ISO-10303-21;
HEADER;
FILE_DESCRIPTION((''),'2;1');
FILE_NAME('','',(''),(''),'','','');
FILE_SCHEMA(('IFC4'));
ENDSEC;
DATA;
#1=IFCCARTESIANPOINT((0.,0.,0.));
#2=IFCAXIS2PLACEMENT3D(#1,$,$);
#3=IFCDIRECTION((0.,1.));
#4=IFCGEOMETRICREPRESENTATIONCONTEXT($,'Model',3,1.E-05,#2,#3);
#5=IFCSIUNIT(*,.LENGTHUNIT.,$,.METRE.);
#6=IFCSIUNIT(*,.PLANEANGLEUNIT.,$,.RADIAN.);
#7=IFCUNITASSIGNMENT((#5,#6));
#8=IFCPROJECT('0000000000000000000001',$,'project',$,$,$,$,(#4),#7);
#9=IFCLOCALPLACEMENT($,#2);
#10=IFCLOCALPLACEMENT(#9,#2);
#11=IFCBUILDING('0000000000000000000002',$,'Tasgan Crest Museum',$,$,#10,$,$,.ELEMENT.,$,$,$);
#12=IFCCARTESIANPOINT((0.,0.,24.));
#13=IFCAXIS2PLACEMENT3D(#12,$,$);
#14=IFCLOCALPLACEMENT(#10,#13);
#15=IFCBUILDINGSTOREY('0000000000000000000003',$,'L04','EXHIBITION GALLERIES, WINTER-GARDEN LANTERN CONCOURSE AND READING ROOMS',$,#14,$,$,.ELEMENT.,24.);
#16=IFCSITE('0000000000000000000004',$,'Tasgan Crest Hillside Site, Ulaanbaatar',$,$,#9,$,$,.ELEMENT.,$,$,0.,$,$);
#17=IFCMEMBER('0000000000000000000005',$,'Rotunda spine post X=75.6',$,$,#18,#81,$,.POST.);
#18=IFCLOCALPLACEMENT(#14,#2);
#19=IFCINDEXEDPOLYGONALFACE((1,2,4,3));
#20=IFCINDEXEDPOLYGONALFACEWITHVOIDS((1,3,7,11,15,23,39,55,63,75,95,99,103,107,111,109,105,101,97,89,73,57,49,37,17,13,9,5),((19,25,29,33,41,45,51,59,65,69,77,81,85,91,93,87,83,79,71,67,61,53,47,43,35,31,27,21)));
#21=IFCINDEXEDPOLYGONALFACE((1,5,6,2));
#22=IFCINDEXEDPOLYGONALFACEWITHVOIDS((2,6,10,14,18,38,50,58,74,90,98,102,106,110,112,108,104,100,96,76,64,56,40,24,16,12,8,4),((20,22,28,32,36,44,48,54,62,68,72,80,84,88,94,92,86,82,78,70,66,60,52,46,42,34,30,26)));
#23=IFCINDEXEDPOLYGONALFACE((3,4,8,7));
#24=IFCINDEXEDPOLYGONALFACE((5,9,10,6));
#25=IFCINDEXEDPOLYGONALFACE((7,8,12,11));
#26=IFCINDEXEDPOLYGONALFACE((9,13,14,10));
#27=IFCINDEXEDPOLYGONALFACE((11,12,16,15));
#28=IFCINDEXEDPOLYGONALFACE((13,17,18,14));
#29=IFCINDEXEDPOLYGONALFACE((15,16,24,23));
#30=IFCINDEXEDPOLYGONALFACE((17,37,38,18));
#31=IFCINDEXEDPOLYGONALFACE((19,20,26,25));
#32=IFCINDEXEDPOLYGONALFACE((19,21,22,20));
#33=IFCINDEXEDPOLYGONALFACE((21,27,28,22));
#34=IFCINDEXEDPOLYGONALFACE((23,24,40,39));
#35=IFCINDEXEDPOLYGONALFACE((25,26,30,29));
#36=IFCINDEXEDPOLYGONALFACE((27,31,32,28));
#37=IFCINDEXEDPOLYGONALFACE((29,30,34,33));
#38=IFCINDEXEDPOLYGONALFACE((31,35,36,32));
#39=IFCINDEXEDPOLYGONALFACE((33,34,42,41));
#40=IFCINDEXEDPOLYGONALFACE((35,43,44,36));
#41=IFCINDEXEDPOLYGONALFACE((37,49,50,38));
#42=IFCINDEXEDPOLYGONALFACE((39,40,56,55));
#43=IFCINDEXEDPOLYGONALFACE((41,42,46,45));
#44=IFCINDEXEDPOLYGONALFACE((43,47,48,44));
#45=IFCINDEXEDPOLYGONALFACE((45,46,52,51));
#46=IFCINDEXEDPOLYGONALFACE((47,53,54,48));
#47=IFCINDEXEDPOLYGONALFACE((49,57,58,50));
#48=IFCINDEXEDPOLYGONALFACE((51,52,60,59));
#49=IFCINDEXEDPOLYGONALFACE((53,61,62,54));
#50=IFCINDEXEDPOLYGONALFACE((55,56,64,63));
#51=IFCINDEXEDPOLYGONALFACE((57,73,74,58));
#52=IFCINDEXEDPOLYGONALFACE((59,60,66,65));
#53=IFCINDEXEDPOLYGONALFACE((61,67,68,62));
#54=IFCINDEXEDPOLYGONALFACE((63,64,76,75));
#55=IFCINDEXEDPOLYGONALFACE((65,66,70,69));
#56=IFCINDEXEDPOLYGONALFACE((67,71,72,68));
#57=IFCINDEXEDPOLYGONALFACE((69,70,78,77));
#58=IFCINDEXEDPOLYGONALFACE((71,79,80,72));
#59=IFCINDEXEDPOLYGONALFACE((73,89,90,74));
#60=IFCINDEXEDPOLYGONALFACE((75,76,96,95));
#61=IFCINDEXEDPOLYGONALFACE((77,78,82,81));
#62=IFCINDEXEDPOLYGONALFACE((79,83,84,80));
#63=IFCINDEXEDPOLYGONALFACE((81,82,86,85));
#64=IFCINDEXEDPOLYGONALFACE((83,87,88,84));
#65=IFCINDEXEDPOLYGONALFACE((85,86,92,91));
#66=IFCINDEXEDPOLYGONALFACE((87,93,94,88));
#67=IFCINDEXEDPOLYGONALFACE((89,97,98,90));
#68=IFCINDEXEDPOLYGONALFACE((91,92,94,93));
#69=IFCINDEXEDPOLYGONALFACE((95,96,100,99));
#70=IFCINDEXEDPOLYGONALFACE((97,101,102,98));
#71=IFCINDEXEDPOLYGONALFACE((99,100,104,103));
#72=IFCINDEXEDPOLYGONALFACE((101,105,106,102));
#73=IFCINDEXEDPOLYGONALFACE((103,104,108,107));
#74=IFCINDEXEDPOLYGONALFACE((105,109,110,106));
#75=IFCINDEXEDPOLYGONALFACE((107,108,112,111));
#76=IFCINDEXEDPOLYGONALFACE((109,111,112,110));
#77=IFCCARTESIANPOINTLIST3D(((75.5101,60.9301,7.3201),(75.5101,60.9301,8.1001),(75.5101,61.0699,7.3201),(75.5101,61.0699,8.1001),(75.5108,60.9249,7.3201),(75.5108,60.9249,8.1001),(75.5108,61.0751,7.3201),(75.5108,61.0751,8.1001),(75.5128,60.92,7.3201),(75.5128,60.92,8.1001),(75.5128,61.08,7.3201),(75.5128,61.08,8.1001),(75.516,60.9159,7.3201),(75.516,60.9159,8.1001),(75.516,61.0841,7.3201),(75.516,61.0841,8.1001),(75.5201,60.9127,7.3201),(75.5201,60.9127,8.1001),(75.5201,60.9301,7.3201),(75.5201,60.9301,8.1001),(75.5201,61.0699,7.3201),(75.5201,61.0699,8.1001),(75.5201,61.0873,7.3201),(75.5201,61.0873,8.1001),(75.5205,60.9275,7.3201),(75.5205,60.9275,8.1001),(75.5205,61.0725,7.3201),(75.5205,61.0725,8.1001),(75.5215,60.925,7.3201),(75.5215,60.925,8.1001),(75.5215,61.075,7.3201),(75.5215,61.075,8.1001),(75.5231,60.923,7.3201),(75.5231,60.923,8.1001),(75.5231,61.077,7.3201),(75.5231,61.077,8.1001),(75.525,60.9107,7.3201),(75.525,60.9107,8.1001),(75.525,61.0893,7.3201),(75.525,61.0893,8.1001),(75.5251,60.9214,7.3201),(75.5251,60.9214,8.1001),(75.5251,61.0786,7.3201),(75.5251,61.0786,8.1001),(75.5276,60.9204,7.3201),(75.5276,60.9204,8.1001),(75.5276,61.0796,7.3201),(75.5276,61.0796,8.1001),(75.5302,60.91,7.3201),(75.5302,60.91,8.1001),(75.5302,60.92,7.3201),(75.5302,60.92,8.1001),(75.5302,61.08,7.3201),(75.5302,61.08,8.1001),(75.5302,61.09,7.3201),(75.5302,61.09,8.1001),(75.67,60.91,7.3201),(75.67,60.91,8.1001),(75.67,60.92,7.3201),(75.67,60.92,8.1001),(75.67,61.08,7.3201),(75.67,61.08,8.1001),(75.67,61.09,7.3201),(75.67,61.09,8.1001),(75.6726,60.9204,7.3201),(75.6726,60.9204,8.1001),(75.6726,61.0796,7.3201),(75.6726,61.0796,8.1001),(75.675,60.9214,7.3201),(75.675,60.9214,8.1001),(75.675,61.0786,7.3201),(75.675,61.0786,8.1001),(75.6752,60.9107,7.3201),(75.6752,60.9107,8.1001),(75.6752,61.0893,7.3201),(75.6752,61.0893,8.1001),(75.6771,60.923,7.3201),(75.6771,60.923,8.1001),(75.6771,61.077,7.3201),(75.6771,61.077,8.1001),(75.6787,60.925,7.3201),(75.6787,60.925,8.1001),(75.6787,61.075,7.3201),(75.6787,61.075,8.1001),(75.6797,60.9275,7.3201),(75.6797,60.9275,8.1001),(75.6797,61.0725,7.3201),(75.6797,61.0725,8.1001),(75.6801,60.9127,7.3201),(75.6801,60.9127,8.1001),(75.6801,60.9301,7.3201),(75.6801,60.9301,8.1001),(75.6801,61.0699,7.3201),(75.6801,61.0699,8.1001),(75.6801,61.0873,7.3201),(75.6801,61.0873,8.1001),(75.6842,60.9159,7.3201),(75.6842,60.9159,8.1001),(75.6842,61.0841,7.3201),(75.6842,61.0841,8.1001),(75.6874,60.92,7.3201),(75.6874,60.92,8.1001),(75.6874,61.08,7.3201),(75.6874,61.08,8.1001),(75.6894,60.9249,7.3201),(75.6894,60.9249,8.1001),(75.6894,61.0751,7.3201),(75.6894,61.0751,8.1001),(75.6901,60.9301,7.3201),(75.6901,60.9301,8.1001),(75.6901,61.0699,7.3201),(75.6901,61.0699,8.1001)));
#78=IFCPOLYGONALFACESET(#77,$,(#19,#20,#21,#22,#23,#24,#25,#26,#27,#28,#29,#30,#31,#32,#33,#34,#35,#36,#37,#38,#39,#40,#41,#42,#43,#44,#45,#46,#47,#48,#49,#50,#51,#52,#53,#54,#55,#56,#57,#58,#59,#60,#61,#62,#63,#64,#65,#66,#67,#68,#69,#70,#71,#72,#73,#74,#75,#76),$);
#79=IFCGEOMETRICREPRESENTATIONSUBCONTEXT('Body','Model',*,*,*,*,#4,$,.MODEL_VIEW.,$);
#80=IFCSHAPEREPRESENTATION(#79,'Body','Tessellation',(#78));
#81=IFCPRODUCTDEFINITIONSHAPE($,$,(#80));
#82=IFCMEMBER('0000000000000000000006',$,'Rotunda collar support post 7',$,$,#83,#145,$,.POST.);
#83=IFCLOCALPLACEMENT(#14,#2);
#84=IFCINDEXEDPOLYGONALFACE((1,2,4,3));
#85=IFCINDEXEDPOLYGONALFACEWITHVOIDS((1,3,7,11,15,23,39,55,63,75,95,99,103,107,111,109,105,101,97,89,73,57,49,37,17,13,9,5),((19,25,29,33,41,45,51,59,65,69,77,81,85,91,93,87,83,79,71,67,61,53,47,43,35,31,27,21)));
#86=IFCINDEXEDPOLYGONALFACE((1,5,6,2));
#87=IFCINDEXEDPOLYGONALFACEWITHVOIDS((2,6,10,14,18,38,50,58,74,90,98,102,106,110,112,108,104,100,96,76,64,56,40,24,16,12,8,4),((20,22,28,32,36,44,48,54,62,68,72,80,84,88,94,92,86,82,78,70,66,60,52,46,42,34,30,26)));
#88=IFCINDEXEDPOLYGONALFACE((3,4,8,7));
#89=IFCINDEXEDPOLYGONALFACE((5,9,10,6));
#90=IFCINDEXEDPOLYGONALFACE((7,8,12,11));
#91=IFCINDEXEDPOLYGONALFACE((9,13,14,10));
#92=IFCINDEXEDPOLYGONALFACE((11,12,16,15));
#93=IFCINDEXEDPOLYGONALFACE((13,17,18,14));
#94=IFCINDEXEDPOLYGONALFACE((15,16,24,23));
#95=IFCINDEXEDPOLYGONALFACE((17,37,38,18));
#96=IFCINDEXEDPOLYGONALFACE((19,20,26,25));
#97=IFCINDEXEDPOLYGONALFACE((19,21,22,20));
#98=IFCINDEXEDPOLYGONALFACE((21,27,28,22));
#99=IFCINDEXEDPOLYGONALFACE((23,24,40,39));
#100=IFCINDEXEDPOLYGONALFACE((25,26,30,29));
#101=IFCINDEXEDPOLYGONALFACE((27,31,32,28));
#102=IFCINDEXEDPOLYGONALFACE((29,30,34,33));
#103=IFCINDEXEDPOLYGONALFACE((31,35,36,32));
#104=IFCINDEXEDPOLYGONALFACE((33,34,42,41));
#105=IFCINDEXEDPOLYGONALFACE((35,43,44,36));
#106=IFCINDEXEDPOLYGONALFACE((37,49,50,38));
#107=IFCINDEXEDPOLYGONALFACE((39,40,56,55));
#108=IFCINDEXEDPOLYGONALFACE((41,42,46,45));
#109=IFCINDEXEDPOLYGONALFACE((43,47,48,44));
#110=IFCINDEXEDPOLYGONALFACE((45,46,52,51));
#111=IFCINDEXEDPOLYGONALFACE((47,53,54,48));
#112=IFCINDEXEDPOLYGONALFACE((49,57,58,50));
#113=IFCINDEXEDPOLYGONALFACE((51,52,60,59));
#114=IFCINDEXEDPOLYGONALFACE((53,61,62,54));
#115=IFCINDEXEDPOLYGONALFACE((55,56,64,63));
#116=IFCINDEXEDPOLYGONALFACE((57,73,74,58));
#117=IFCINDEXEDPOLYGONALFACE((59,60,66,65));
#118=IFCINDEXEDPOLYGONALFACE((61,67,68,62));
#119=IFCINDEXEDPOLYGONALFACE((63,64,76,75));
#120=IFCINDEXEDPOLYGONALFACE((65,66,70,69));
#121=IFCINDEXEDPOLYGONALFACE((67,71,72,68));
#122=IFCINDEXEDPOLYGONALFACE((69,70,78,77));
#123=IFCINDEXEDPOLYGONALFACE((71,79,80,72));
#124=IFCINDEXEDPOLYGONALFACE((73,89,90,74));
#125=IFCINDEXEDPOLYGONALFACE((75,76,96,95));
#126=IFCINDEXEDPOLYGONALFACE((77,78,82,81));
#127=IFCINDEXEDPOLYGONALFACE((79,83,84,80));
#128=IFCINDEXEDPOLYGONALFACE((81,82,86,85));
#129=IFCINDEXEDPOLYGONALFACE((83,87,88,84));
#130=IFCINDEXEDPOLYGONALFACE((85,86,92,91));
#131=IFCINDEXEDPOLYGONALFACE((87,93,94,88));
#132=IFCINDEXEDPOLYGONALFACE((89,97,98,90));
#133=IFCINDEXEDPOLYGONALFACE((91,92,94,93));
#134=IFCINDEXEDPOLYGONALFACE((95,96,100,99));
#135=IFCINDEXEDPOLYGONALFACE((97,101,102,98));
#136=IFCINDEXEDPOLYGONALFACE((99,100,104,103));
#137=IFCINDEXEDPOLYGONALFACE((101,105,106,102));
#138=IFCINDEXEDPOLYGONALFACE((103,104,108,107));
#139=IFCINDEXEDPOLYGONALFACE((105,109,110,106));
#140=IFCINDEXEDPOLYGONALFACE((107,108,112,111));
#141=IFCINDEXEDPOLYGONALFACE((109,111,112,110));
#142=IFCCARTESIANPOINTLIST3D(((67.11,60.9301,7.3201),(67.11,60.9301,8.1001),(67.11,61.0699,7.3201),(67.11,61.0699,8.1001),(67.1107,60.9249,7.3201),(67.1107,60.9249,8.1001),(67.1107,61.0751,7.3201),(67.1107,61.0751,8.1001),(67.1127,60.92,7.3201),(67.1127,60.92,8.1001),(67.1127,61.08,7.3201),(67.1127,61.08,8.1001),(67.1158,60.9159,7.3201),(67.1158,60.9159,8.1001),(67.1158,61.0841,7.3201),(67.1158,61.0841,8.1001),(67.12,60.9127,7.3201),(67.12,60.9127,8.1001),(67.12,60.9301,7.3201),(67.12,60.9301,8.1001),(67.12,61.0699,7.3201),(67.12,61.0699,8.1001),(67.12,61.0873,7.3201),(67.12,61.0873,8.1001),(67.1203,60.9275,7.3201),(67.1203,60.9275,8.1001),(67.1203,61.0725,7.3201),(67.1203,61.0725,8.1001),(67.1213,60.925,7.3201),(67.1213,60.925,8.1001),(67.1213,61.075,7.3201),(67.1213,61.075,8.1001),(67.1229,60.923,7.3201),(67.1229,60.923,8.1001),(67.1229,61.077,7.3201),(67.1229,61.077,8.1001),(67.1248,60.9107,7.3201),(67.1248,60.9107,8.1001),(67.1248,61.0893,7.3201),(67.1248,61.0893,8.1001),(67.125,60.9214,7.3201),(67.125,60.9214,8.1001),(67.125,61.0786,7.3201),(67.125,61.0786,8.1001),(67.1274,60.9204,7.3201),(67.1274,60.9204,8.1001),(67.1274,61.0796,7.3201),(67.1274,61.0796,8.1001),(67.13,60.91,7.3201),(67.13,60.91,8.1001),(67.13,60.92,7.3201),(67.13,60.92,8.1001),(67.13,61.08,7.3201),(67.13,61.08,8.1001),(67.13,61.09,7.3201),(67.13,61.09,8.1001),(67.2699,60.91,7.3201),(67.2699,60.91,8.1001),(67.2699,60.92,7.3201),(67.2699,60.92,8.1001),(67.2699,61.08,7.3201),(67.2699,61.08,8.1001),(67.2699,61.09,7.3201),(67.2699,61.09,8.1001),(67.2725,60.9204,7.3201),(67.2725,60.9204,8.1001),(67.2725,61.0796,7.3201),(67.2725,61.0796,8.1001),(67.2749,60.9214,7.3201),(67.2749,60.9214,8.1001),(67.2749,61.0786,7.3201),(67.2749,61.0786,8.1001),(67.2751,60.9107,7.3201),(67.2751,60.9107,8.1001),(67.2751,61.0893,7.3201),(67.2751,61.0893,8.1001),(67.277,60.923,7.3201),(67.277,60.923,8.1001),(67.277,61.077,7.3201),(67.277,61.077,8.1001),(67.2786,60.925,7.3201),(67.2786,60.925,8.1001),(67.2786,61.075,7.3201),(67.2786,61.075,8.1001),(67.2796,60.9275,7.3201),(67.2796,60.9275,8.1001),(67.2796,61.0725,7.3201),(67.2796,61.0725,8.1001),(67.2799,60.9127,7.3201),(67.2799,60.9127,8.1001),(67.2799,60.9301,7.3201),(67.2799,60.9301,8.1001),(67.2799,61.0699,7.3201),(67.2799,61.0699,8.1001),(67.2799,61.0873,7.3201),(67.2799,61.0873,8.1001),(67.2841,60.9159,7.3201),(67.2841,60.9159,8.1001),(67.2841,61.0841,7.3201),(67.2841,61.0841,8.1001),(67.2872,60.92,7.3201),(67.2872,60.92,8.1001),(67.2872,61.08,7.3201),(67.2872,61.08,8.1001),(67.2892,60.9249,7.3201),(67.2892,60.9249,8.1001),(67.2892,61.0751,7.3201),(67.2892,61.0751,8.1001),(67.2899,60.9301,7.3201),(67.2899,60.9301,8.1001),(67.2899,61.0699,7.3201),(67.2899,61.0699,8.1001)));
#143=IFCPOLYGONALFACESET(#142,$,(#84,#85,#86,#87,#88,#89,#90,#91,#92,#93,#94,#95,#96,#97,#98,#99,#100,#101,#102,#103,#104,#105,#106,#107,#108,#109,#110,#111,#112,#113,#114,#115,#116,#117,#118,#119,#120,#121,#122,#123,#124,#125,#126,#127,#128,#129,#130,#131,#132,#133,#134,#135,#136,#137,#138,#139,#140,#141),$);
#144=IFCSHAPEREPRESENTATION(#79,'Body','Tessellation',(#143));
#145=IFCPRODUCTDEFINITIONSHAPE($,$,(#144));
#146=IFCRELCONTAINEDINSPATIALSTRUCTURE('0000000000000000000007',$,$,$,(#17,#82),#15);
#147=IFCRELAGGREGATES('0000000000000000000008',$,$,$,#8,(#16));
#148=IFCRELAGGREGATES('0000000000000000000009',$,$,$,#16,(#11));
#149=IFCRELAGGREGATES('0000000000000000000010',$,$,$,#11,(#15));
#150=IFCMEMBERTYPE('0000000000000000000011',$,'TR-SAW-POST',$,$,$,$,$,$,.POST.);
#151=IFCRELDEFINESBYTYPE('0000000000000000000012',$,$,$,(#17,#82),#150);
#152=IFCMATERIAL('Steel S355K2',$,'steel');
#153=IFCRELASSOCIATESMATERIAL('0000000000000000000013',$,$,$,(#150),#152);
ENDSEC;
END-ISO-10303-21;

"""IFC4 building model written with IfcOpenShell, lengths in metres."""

from ifc_helpers import new_model, si_unit, direction, frame, origin, origin_2d, place, context, subcontext, project, spatial, hollow_rectangle, extrude, material, material_profile, profile_set, type_object, element, save


model = new_model("IFC4")

# Units and contexts
model_context = context("Model", 3, precision=1e-05, world=origin(), true_north=direction((0.0, 1.0)))
body_context = subcontext(model_context, "Body", "Model", "MODEL_VIEW")
ifc_project = project(units=[si_unit("LENGTHUNIT", "METRE"), si_unit("PLANEANGLEUNIT", "RADIAN")], contexts=[model_context])

# Site, building, storey
site_placement = place(None, origin())
site = spatial("IfcSite", under=ifc_project, at=site_placement, Name="Tasgan Crest Hillside Site, Ulaanbaatar", CompositionType="ELEMENT", RefElevation=0.0)
building_placement = place(site_placement, origin())
building = spatial("IfcBuilding", under=site, at=building_placement, Name="Tasgan Crest Museum", CompositionType="ELEMENT")
storey_placement = place(building_placement, frame((0.0, 0.0, 24.0)))
storey = spatial("IfcBuildingStorey", under=building, at=storey_placement, Name="L04", Description="EXHIBITION GALLERIES, WINTER-GARDEN LANTERN CONCOURSE AND READING ROOMS", CompositionType="ELEMENT", Elevation=24.0)

# Members
ifc_material_1 = material(Name="Steel S355K2", Category="steel")
ifc_material_profile_1 = material_profile(ifc_material_1, hollow_rectangle(XDim=0.1799, YDim=0.1799, WallThickness=0.01, InnerFilletRadius=0.01, OuterFilletRadius=0.02, at=origin_2d()), Name="SHS 180x180x10")
ifc_profile_set_1 = profile_set([ifc_material_profile_1], Name="Steel S355K2")
member_type_1 = type_object("IfcMemberType", Name="TR-SAW-POST", PredefinedType="POST", material=ifc_profile_set_1)
for number, where, z_axis, x_axis, name in (
    (1, (75.6001, 61.0, 7.3201), (0.0, 0.0, 1.0), (1.0, 0.0, 0.0), "Rotunda spine post X=75.6"),
    (2, (67.2, 61.0, 7.3201), (0.0, 0.0, 1.0), (1.0, 0.0, 0.0), "Rotunda collar support post 7"),
):
    element("IfcMember", number, at=place(storey_placement, frame(where, z_axis=z_axis, x_axis=x_axis)), inside=storey, type_object=member_type_1, Name=name, PredefinedType="POST", context=body_context, shape_type="SweptSolid", body=[
        extrude(hollow_rectangle(XDim=0.1799, YDim=0.1799, WallThickness=0.01, InnerFilletRadius=0.01, OuterFilletRadius=0.02, at=origin_2d()), origin(), (0.0, 0.0, 1.0), 0.78),
    ])

save(model, "model.ifc")
